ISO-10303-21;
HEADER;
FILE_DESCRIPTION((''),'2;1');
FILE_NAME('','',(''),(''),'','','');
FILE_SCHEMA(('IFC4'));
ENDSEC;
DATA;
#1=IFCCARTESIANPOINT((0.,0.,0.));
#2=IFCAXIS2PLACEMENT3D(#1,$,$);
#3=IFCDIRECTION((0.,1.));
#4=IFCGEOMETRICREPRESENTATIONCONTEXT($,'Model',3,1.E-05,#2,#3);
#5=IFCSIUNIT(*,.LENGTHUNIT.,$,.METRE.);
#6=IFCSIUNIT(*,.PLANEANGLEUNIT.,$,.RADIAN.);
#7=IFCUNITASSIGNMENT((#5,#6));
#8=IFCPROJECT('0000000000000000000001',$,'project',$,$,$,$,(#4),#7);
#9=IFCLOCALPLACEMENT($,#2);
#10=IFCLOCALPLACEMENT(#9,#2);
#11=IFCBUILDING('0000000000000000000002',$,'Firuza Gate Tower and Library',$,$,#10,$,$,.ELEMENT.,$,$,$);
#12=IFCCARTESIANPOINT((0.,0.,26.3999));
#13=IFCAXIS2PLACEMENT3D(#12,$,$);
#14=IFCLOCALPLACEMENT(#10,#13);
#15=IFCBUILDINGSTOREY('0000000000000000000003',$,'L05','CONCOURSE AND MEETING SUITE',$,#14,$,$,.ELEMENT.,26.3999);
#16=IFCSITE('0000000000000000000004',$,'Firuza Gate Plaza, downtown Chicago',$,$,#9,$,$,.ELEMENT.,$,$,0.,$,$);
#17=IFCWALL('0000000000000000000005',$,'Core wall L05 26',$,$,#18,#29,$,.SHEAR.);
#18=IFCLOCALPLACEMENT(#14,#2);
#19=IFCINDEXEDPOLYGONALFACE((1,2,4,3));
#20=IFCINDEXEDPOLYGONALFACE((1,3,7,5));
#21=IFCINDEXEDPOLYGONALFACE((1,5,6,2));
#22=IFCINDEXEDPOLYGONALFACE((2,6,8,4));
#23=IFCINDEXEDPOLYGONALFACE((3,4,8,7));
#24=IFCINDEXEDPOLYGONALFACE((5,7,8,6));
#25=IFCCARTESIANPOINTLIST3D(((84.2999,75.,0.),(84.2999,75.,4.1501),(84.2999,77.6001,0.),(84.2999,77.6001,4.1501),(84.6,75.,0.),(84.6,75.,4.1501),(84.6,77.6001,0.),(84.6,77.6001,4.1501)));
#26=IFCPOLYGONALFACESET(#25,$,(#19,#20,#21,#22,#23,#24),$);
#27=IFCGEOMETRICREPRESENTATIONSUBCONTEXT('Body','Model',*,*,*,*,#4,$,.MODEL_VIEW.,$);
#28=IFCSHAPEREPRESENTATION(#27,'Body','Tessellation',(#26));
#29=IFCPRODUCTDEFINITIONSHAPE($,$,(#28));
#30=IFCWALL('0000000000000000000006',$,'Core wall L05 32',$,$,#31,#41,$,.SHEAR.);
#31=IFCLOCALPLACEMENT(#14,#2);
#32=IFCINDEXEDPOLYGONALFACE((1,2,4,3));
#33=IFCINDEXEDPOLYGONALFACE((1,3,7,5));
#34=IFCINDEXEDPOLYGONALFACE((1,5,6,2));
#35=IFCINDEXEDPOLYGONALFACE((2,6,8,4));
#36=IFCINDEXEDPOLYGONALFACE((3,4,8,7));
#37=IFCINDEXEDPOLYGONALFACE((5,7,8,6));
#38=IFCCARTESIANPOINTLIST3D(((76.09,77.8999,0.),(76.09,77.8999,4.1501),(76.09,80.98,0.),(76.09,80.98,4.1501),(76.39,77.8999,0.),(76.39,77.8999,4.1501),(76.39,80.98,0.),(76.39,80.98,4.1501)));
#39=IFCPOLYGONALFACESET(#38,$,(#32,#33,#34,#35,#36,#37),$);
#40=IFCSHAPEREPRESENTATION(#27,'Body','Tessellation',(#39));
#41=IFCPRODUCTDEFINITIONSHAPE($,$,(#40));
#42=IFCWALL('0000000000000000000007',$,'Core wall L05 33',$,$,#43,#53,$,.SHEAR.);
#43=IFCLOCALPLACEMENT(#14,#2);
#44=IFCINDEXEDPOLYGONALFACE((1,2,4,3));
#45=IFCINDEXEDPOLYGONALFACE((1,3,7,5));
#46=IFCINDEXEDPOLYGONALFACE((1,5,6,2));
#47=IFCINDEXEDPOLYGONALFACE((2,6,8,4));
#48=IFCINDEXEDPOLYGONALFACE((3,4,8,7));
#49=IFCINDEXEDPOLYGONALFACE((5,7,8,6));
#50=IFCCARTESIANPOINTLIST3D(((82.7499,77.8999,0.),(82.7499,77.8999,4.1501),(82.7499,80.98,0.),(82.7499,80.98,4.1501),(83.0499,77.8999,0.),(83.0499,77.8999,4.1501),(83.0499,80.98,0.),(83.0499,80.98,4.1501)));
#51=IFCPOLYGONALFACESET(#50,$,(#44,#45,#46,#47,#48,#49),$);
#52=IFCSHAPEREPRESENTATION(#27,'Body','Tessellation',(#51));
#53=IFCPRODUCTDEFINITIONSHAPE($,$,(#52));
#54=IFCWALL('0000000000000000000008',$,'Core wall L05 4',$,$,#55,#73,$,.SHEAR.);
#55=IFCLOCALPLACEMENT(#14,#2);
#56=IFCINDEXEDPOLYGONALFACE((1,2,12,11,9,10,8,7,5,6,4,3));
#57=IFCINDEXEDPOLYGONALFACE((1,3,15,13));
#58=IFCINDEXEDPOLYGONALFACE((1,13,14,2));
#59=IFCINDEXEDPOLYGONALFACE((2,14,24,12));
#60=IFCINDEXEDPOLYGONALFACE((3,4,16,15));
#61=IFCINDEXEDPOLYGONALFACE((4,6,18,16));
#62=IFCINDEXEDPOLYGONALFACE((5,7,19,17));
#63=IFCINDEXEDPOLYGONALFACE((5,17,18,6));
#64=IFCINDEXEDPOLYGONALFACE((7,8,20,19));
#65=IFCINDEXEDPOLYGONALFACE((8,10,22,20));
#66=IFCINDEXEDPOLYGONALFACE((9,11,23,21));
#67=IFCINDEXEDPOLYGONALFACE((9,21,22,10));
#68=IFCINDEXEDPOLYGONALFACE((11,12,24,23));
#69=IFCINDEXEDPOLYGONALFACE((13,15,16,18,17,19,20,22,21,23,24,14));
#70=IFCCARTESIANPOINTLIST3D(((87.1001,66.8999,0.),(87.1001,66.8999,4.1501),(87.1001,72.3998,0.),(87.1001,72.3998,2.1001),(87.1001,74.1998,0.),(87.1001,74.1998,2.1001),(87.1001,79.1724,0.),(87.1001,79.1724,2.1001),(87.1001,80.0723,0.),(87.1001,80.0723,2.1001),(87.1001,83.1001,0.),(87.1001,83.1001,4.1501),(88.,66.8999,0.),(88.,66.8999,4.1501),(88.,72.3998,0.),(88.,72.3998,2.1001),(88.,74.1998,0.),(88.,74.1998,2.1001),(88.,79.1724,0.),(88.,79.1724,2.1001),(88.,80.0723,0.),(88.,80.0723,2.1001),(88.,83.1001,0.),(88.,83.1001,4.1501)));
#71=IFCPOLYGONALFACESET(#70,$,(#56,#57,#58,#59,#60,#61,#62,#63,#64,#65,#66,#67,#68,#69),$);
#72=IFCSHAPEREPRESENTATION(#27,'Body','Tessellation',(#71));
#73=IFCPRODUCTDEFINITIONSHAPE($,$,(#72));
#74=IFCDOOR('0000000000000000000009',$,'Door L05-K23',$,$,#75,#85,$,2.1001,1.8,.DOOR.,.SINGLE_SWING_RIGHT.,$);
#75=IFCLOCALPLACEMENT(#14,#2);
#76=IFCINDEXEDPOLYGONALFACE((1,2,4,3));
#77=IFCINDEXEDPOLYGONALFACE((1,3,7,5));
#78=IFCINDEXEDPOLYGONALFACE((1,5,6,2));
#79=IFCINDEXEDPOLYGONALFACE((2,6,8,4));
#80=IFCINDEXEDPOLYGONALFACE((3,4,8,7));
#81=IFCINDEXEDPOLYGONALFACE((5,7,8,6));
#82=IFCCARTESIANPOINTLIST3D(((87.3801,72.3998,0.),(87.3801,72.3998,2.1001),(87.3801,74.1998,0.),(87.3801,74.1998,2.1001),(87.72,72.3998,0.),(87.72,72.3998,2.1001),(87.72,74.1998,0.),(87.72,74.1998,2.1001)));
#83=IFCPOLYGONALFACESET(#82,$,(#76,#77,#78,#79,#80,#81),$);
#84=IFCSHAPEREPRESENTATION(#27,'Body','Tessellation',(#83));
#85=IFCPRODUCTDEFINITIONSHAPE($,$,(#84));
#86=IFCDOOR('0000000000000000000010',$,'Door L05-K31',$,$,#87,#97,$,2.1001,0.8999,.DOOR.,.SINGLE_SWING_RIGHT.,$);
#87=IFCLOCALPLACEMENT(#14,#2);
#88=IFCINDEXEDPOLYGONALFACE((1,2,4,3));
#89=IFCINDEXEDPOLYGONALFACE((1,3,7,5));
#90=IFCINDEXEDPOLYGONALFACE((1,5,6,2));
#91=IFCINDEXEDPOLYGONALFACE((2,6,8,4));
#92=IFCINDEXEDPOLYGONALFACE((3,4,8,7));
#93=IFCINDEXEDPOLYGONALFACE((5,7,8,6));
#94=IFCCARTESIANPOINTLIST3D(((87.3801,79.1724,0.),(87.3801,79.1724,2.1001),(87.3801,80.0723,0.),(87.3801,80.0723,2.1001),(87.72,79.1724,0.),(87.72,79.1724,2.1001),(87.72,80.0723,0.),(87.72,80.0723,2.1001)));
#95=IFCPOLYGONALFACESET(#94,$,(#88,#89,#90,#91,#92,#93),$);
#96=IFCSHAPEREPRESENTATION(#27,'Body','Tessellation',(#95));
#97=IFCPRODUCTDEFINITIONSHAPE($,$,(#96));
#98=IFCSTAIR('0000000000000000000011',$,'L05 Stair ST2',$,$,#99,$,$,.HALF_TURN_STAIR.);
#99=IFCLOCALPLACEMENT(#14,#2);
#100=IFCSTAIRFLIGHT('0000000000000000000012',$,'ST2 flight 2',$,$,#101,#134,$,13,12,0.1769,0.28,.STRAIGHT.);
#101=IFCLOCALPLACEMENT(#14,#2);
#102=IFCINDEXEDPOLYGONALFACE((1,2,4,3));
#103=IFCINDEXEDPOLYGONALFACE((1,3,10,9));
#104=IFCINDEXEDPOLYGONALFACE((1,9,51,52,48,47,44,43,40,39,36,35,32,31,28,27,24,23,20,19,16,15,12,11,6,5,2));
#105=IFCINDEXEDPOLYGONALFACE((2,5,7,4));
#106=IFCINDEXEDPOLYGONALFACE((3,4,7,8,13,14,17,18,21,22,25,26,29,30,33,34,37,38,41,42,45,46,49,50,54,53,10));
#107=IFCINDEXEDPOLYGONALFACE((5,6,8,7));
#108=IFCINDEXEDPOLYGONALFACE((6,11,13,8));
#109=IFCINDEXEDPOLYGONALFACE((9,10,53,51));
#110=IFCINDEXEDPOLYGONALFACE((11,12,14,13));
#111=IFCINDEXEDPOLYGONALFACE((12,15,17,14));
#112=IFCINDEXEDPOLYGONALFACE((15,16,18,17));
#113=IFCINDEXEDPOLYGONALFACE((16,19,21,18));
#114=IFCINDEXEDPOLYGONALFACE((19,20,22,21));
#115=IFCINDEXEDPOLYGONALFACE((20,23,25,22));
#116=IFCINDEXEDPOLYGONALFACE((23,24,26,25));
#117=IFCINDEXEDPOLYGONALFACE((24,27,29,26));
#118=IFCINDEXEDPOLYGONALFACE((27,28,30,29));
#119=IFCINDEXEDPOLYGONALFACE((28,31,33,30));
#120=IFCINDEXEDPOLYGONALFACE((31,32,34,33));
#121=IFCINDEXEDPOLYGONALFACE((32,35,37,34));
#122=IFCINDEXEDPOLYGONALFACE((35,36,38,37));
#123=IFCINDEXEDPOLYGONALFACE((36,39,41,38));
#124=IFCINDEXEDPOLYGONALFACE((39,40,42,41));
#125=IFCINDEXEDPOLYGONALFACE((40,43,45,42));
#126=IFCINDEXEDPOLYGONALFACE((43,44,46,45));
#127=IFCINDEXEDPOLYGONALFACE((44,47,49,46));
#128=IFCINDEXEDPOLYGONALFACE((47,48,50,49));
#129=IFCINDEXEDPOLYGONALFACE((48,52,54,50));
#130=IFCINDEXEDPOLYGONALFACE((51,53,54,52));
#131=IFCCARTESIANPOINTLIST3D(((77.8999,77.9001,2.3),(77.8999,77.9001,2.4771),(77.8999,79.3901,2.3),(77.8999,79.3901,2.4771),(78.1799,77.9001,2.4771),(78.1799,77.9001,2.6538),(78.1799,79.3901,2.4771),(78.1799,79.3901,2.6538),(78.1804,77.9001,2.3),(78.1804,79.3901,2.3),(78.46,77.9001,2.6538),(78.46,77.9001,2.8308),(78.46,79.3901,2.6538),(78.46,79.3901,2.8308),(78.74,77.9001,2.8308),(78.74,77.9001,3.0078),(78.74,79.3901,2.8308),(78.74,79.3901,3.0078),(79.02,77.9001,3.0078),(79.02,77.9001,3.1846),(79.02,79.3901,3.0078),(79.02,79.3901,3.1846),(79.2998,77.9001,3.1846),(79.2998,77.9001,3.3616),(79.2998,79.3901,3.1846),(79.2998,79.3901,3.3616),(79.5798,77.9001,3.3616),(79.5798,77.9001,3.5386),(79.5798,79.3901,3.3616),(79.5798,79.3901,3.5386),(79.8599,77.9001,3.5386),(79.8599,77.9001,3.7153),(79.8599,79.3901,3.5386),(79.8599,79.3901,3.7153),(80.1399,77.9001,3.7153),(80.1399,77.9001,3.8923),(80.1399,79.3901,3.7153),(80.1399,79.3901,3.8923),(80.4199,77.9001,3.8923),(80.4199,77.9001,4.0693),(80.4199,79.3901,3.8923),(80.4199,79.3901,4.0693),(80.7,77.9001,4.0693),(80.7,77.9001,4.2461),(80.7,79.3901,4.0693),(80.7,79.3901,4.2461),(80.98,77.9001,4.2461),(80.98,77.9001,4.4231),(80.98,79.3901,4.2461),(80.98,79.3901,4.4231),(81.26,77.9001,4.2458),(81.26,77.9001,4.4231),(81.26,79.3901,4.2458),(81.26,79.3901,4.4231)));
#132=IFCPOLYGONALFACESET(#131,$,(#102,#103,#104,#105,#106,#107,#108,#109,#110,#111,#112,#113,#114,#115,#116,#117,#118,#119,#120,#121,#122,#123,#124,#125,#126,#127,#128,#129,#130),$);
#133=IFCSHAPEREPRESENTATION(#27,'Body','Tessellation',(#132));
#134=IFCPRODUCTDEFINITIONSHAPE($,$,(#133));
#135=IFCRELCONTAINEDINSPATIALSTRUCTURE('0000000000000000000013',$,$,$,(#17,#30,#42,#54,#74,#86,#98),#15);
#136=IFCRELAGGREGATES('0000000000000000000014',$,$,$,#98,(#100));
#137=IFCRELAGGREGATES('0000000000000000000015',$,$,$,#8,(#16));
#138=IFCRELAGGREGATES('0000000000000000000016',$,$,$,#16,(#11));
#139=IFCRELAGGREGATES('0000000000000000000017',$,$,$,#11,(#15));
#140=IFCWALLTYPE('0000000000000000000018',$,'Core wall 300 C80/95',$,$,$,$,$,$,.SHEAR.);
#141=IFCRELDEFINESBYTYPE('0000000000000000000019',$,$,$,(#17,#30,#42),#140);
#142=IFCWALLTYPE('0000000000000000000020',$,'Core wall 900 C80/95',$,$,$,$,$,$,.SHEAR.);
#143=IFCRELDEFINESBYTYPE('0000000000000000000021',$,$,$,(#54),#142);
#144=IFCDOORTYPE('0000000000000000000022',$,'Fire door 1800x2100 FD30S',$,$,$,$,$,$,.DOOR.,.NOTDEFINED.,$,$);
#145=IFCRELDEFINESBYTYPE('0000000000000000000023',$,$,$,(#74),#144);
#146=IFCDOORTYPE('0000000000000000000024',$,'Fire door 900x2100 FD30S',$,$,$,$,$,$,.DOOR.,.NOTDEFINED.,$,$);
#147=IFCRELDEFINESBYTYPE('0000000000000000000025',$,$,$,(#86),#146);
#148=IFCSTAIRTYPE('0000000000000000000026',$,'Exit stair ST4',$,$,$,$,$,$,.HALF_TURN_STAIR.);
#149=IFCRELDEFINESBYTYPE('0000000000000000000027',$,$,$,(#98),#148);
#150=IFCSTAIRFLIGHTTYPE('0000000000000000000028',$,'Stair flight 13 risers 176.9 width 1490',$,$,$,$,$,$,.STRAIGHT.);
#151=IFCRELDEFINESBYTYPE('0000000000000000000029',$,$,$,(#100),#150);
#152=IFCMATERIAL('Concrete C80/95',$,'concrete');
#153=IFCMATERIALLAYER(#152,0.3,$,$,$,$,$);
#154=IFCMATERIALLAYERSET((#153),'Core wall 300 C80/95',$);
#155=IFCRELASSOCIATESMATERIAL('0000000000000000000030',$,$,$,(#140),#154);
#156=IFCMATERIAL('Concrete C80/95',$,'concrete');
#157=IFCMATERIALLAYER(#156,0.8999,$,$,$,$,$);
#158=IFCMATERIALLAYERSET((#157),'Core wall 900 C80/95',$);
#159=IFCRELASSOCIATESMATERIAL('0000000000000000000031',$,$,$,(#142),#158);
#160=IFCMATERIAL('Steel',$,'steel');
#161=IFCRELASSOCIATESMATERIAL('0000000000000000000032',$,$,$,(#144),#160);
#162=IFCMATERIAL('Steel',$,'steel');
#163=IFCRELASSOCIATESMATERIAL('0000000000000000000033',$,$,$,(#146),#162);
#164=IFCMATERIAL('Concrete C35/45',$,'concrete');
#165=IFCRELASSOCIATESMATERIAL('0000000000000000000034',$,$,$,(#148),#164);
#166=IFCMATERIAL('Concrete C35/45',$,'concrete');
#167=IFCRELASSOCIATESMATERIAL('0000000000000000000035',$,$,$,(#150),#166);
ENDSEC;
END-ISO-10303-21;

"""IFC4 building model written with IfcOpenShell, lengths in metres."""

from ifc_helpers import new_model, si_unit, direction, frame, frame_2d, origin, place, context, subcontext, project, spatial, polyline, rectangle, outline, extrude, material, layer, layer_set, type_object, element, fill, aggregate, save


model = new_model("IFC4")

# Units and contexts
model_context = context("Model", 3, precision=1e-05, world=origin(), true_north=direction((0.0, 1.0)))
body_context = subcontext(model_context, "Body", "Model", "MODEL_VIEW")
ifc_project = project(units=[si_unit("LENGTHUNIT", "METRE"), si_unit("PLANEANGLEUNIT", "RADIAN")], contexts=[model_context])

# Site, building, storey
site_placement = place(None, origin())
site = spatial("IfcSite", under=ifc_project, at=site_placement, Name="Firuza Gate Plaza, downtown Chicago", CompositionType="ELEMENT", RefElevation=0.0)
building_placement = place(site_placement, origin())
building = spatial("IfcBuilding", under=site, at=building_placement, Name="Firuza Gate Tower and Library", CompositionType="ELEMENT")
storey_placement = place(building_placement, frame((0.0, 0.0, 26.3999)))
storey = spatial("IfcBuildingStorey", under=building, at=storey_placement, Name="L05", Description="CONCOURSE AND MEETING SUITE", CompositionType="ELEMENT", Elevation=26.3999)

# Shared definitions
placement = place(storey_placement, origin())

# Walls
ifc_material_1 = material(Name="Concrete C80/95", Category="concrete")
ifc_layer_1 = layer(ifc_material_1, 0.3)
ifc_layer_set_1 = layer_set([ifc_layer_1], Name="Core wall 300 C80/95")
wall_type_1 = type_object("IfcWallType", Name="Core wall 300 C80/95", PredefinedType="SHEAR", material=ifc_layer_set_1)
for number, where, z_axis, x_axis, name in (
    (1, (84.45, 75.0, 0.0), (0.0, 0.0, 1.0), (0.0, 1.0, 0.0), "Core wall L05 26"),
):
    element("IfcWall", number, at=place(storey_placement, frame(where, z_axis=z_axis, x_axis=x_axis)), inside=storey, type_object=wall_type_1, Name=name, PredefinedType="SHEAR", context=body_context, shape_type="SweptSolid", body=[
        extrude(rectangle(XDim=2.6001, YDim=0.3, at=frame_2d((1.3, 0.0))), origin(), (0.0, 0.0, 1.0), 4.1501),
    ])
for number, where, z_axis, x_axis, name in (
    (2, (76.24, 77.8999, 0.0), (0.0, 0.0, 1.0), (0.0, 1.0, 0.0), "Core wall L05 32"),
    (3, (82.8999, 77.8999, 0.0), (0.0, 0.0, 1.0), (0.0, 1.0, 0.0), "Core wall L05 33"),
):
    element("IfcWall", number, at=place(storey_placement, frame(where, z_axis=z_axis, x_axis=x_axis)), inside=storey, type_object=wall_type_1, Name=name, PredefinedType="SHEAR", context=body_context, shape_type="SweptSolid", body=[
        extrude(rectangle(XDim=3.0801, YDim=0.3, at=frame_2d((1.54, 0.0))), origin(), (0.0, 0.0, 1.0), 4.1501),
    ])

# Wall, openings, doors
ifc_material_2 = material(Name="Concrete C80/95", Category="concrete")
ifc_layer_2 = layer(ifc_material_2, 0.8999)
ifc_layer_set_2 = layer_set([ifc_layer_2], Name="Core wall 900 C80/95")
wall_type_2 = type_object("IfcWallType", Name="Core wall 900 C80/95", PredefinedType="SHEAR", material=ifc_layer_set_2)
wall_placement = place(storey_placement, frame((87.55, 66.8999, 0.0), z_axis=(0.0, 0.0, 1.0), x_axis=(0.0, 1.0, 0.0)))
wall = element("IfcWall", 4, at=wall_placement, inside=storey, type_object=wall_type_2, Name="Core wall L05 4", PredefinedType="SHEAR", context=body_context, shape_type="SweptSolid", body=[
    extrude(rectangle(XDim=16.2002, YDim=0.8999, at=frame_2d((8.1001, 0.0))), origin(), (0.0, 0.0, 1.0), 4.1501),
])
opening_1_placement = place(wall_placement, frame((5.5, 0.0, 0.0)))
opening_1 = element("IfcOpeningElement", 5, at=opening_1_placement, cuts=wall, PredefinedType="OPENING", context=body_context, shape_type="SweptSolid", body=[
    extrude(rectangle(XDim=1.8, YDim=2.1001, at=frame_2d((0.8999, 1.05))), frame((0.0, 0.46, 0.0), z_axis=(0.0, -1.0, 0.0), x_axis=(1.0, 0.0, 0.0)), (0.0, 0.0, 1.0), 0.9199),
])
opening_2_placement = place(wall_placement, frame((12.2725, 0.0, 0.0)))
opening_2 = element("IfcOpeningElement", 6, at=opening_2_placement, cuts=wall, PredefinedType="OPENING", context=body_context, shape_type="SweptSolid", body=[
    extrude(rectangle(XDim=0.8999, YDim=2.1001, at=frame_2d((0.45, 1.05))), frame((0.0, 0.46, 0.0), z_axis=(0.0, -1.0, 0.0), x_axis=(1.0, 0.0, 0.0)), (0.0, 0.0, 1.0), 0.9199),
])
ifc_material_3 = material(Name="Steel", Category="steel")
door_type_1 = type_object("IfcDoorType", Name="Fire door 1800x2100 FD30S", OperationType="NOTDEFINED", PredefinedType="DOOR", material=ifc_material_3)
door_1_placement = place(opening_1_placement, origin())
door_1 = element("IfcDoor", 7, at=door_1_placement, inside=storey, type_object=door_type_1, Name="Door L05-K23", OperationType="SINGLE_SWING_RIGHT", OverallHeight=2.1001, OverallWidth=1.8, PredefinedType="DOOR", context=body_context, shape_type="SweptSolid", body=[
    extrude(rectangle(XDim=1.8, YDim=2.1001, at=frame_2d((0.8999, 1.05))), frame((0.0, 0.1699, 0.0), z_axis=(0.0, -1.0, 0.0), x_axis=(1.0, 0.0, 0.0)), (0.0, 0.0, 1.0), 0.3398),
])
fill(opening_1, door_1)
ifc_material_4 = material(Name="Steel", Category="steel")
door_type_2 = type_object("IfcDoorType", Name="Fire door 900x2100 FD30S", OperationType="NOTDEFINED", PredefinedType="DOOR", material=ifc_material_4)
door_2_placement = place(opening_2_placement, origin())
door_2 = element("IfcDoor", 8, at=door_2_placement, inside=storey, type_object=door_type_2, Name="Door L05-K31", OperationType="SINGLE_SWING_RIGHT", OverallHeight=2.1001, OverallWidth=0.8999, PredefinedType="DOOR", context=body_context, shape_type="SweptSolid", body=[
    extrude(rectangle(XDim=0.8999, YDim=2.1001, at=frame_2d((0.45, 1.05))), frame((0.0, 0.1699, 0.0), z_axis=(0.0, -1.0, 0.0), x_axis=(1.0, 0.0, 0.0)), (0.0, 0.0, 1.0), 0.3398),
])
fill(opening_2, door_2)

# Stair, stair flight
ifc_material_5 = material(Name="Concrete C35/45", Category="concrete")
stair_type = type_object("IfcStairType", Name="Exit stair ST4", PredefinedType="HALF_TURN_STAIR", material=ifc_material_5)
stair = element("IfcStair", 9, at=placement, inside=storey, type_object=stair_type, Name="L05 Stair ST2", PredefinedType="HALF_TURN_STAIR")
ifc_material_6 = material(Name="Concrete C35/45", Category="concrete")
stair_flight_type = type_object("IfcStairFlightType", Name="Stair flight 13 risers 176.9 width 1490", PredefinedType="STRAIGHT", material=ifc_material_6)
stair_flight_placement = place(storey_placement, frame((77.8999, 78.645, 2.3), z_axis=(0.0, 0.0, 1.0), x_axis=(1.0, 0.0, 0.0)))
stair_flight = element("IfcStairFlight", 10, at=stair_flight_placement, type_object=stair_flight_type, Name="ST2 flight 2", NumberOfRisers=13, NumberOfTreads=12, PredefinedType="STRAIGHT", RiserHeight=0.1769, TreadLength=0.28, context=body_context, shape_type="SweptSolid", body=[
    extrude(outline(polyline([(0.0, 0.0), (0.0, 0.177), (0.28, 0.177), (0.28, 0.3538), (0.5601, 0.3538), (0.5601, 0.5308), (0.8401, 0.5308), (0.8401, 0.7078), (1.1201, 0.7078), (1.1201, 0.8845), (1.3999, 0.8845), (1.3999, 1.0615), (1.6799, 1.0615), (1.6799, 1.2385), (1.96, 1.2385), (1.96, 1.4153), (2.24, 1.4153), (2.24, 1.5923), (2.52, 1.5923), (2.52, 1.7693), (2.8, 1.7693), (2.8, 1.946), (3.0801, 1.946), (3.0801, 2.123), (3.3601, 2.123), (3.3601, 2.3), (3.3601, 1.9458), (0.2805, 0.0), (0.0, 0.0)])), frame((0.0, 0.7451, 0.0), z_axis=(0.0, -1.0, 0.0), x_axis=(1.0, 0.0, 0.0)), (0.0, 0.0, 1.0), 1.49),
])
aggregate(stair, [stair_flight])

save(model, "model.ifc")
